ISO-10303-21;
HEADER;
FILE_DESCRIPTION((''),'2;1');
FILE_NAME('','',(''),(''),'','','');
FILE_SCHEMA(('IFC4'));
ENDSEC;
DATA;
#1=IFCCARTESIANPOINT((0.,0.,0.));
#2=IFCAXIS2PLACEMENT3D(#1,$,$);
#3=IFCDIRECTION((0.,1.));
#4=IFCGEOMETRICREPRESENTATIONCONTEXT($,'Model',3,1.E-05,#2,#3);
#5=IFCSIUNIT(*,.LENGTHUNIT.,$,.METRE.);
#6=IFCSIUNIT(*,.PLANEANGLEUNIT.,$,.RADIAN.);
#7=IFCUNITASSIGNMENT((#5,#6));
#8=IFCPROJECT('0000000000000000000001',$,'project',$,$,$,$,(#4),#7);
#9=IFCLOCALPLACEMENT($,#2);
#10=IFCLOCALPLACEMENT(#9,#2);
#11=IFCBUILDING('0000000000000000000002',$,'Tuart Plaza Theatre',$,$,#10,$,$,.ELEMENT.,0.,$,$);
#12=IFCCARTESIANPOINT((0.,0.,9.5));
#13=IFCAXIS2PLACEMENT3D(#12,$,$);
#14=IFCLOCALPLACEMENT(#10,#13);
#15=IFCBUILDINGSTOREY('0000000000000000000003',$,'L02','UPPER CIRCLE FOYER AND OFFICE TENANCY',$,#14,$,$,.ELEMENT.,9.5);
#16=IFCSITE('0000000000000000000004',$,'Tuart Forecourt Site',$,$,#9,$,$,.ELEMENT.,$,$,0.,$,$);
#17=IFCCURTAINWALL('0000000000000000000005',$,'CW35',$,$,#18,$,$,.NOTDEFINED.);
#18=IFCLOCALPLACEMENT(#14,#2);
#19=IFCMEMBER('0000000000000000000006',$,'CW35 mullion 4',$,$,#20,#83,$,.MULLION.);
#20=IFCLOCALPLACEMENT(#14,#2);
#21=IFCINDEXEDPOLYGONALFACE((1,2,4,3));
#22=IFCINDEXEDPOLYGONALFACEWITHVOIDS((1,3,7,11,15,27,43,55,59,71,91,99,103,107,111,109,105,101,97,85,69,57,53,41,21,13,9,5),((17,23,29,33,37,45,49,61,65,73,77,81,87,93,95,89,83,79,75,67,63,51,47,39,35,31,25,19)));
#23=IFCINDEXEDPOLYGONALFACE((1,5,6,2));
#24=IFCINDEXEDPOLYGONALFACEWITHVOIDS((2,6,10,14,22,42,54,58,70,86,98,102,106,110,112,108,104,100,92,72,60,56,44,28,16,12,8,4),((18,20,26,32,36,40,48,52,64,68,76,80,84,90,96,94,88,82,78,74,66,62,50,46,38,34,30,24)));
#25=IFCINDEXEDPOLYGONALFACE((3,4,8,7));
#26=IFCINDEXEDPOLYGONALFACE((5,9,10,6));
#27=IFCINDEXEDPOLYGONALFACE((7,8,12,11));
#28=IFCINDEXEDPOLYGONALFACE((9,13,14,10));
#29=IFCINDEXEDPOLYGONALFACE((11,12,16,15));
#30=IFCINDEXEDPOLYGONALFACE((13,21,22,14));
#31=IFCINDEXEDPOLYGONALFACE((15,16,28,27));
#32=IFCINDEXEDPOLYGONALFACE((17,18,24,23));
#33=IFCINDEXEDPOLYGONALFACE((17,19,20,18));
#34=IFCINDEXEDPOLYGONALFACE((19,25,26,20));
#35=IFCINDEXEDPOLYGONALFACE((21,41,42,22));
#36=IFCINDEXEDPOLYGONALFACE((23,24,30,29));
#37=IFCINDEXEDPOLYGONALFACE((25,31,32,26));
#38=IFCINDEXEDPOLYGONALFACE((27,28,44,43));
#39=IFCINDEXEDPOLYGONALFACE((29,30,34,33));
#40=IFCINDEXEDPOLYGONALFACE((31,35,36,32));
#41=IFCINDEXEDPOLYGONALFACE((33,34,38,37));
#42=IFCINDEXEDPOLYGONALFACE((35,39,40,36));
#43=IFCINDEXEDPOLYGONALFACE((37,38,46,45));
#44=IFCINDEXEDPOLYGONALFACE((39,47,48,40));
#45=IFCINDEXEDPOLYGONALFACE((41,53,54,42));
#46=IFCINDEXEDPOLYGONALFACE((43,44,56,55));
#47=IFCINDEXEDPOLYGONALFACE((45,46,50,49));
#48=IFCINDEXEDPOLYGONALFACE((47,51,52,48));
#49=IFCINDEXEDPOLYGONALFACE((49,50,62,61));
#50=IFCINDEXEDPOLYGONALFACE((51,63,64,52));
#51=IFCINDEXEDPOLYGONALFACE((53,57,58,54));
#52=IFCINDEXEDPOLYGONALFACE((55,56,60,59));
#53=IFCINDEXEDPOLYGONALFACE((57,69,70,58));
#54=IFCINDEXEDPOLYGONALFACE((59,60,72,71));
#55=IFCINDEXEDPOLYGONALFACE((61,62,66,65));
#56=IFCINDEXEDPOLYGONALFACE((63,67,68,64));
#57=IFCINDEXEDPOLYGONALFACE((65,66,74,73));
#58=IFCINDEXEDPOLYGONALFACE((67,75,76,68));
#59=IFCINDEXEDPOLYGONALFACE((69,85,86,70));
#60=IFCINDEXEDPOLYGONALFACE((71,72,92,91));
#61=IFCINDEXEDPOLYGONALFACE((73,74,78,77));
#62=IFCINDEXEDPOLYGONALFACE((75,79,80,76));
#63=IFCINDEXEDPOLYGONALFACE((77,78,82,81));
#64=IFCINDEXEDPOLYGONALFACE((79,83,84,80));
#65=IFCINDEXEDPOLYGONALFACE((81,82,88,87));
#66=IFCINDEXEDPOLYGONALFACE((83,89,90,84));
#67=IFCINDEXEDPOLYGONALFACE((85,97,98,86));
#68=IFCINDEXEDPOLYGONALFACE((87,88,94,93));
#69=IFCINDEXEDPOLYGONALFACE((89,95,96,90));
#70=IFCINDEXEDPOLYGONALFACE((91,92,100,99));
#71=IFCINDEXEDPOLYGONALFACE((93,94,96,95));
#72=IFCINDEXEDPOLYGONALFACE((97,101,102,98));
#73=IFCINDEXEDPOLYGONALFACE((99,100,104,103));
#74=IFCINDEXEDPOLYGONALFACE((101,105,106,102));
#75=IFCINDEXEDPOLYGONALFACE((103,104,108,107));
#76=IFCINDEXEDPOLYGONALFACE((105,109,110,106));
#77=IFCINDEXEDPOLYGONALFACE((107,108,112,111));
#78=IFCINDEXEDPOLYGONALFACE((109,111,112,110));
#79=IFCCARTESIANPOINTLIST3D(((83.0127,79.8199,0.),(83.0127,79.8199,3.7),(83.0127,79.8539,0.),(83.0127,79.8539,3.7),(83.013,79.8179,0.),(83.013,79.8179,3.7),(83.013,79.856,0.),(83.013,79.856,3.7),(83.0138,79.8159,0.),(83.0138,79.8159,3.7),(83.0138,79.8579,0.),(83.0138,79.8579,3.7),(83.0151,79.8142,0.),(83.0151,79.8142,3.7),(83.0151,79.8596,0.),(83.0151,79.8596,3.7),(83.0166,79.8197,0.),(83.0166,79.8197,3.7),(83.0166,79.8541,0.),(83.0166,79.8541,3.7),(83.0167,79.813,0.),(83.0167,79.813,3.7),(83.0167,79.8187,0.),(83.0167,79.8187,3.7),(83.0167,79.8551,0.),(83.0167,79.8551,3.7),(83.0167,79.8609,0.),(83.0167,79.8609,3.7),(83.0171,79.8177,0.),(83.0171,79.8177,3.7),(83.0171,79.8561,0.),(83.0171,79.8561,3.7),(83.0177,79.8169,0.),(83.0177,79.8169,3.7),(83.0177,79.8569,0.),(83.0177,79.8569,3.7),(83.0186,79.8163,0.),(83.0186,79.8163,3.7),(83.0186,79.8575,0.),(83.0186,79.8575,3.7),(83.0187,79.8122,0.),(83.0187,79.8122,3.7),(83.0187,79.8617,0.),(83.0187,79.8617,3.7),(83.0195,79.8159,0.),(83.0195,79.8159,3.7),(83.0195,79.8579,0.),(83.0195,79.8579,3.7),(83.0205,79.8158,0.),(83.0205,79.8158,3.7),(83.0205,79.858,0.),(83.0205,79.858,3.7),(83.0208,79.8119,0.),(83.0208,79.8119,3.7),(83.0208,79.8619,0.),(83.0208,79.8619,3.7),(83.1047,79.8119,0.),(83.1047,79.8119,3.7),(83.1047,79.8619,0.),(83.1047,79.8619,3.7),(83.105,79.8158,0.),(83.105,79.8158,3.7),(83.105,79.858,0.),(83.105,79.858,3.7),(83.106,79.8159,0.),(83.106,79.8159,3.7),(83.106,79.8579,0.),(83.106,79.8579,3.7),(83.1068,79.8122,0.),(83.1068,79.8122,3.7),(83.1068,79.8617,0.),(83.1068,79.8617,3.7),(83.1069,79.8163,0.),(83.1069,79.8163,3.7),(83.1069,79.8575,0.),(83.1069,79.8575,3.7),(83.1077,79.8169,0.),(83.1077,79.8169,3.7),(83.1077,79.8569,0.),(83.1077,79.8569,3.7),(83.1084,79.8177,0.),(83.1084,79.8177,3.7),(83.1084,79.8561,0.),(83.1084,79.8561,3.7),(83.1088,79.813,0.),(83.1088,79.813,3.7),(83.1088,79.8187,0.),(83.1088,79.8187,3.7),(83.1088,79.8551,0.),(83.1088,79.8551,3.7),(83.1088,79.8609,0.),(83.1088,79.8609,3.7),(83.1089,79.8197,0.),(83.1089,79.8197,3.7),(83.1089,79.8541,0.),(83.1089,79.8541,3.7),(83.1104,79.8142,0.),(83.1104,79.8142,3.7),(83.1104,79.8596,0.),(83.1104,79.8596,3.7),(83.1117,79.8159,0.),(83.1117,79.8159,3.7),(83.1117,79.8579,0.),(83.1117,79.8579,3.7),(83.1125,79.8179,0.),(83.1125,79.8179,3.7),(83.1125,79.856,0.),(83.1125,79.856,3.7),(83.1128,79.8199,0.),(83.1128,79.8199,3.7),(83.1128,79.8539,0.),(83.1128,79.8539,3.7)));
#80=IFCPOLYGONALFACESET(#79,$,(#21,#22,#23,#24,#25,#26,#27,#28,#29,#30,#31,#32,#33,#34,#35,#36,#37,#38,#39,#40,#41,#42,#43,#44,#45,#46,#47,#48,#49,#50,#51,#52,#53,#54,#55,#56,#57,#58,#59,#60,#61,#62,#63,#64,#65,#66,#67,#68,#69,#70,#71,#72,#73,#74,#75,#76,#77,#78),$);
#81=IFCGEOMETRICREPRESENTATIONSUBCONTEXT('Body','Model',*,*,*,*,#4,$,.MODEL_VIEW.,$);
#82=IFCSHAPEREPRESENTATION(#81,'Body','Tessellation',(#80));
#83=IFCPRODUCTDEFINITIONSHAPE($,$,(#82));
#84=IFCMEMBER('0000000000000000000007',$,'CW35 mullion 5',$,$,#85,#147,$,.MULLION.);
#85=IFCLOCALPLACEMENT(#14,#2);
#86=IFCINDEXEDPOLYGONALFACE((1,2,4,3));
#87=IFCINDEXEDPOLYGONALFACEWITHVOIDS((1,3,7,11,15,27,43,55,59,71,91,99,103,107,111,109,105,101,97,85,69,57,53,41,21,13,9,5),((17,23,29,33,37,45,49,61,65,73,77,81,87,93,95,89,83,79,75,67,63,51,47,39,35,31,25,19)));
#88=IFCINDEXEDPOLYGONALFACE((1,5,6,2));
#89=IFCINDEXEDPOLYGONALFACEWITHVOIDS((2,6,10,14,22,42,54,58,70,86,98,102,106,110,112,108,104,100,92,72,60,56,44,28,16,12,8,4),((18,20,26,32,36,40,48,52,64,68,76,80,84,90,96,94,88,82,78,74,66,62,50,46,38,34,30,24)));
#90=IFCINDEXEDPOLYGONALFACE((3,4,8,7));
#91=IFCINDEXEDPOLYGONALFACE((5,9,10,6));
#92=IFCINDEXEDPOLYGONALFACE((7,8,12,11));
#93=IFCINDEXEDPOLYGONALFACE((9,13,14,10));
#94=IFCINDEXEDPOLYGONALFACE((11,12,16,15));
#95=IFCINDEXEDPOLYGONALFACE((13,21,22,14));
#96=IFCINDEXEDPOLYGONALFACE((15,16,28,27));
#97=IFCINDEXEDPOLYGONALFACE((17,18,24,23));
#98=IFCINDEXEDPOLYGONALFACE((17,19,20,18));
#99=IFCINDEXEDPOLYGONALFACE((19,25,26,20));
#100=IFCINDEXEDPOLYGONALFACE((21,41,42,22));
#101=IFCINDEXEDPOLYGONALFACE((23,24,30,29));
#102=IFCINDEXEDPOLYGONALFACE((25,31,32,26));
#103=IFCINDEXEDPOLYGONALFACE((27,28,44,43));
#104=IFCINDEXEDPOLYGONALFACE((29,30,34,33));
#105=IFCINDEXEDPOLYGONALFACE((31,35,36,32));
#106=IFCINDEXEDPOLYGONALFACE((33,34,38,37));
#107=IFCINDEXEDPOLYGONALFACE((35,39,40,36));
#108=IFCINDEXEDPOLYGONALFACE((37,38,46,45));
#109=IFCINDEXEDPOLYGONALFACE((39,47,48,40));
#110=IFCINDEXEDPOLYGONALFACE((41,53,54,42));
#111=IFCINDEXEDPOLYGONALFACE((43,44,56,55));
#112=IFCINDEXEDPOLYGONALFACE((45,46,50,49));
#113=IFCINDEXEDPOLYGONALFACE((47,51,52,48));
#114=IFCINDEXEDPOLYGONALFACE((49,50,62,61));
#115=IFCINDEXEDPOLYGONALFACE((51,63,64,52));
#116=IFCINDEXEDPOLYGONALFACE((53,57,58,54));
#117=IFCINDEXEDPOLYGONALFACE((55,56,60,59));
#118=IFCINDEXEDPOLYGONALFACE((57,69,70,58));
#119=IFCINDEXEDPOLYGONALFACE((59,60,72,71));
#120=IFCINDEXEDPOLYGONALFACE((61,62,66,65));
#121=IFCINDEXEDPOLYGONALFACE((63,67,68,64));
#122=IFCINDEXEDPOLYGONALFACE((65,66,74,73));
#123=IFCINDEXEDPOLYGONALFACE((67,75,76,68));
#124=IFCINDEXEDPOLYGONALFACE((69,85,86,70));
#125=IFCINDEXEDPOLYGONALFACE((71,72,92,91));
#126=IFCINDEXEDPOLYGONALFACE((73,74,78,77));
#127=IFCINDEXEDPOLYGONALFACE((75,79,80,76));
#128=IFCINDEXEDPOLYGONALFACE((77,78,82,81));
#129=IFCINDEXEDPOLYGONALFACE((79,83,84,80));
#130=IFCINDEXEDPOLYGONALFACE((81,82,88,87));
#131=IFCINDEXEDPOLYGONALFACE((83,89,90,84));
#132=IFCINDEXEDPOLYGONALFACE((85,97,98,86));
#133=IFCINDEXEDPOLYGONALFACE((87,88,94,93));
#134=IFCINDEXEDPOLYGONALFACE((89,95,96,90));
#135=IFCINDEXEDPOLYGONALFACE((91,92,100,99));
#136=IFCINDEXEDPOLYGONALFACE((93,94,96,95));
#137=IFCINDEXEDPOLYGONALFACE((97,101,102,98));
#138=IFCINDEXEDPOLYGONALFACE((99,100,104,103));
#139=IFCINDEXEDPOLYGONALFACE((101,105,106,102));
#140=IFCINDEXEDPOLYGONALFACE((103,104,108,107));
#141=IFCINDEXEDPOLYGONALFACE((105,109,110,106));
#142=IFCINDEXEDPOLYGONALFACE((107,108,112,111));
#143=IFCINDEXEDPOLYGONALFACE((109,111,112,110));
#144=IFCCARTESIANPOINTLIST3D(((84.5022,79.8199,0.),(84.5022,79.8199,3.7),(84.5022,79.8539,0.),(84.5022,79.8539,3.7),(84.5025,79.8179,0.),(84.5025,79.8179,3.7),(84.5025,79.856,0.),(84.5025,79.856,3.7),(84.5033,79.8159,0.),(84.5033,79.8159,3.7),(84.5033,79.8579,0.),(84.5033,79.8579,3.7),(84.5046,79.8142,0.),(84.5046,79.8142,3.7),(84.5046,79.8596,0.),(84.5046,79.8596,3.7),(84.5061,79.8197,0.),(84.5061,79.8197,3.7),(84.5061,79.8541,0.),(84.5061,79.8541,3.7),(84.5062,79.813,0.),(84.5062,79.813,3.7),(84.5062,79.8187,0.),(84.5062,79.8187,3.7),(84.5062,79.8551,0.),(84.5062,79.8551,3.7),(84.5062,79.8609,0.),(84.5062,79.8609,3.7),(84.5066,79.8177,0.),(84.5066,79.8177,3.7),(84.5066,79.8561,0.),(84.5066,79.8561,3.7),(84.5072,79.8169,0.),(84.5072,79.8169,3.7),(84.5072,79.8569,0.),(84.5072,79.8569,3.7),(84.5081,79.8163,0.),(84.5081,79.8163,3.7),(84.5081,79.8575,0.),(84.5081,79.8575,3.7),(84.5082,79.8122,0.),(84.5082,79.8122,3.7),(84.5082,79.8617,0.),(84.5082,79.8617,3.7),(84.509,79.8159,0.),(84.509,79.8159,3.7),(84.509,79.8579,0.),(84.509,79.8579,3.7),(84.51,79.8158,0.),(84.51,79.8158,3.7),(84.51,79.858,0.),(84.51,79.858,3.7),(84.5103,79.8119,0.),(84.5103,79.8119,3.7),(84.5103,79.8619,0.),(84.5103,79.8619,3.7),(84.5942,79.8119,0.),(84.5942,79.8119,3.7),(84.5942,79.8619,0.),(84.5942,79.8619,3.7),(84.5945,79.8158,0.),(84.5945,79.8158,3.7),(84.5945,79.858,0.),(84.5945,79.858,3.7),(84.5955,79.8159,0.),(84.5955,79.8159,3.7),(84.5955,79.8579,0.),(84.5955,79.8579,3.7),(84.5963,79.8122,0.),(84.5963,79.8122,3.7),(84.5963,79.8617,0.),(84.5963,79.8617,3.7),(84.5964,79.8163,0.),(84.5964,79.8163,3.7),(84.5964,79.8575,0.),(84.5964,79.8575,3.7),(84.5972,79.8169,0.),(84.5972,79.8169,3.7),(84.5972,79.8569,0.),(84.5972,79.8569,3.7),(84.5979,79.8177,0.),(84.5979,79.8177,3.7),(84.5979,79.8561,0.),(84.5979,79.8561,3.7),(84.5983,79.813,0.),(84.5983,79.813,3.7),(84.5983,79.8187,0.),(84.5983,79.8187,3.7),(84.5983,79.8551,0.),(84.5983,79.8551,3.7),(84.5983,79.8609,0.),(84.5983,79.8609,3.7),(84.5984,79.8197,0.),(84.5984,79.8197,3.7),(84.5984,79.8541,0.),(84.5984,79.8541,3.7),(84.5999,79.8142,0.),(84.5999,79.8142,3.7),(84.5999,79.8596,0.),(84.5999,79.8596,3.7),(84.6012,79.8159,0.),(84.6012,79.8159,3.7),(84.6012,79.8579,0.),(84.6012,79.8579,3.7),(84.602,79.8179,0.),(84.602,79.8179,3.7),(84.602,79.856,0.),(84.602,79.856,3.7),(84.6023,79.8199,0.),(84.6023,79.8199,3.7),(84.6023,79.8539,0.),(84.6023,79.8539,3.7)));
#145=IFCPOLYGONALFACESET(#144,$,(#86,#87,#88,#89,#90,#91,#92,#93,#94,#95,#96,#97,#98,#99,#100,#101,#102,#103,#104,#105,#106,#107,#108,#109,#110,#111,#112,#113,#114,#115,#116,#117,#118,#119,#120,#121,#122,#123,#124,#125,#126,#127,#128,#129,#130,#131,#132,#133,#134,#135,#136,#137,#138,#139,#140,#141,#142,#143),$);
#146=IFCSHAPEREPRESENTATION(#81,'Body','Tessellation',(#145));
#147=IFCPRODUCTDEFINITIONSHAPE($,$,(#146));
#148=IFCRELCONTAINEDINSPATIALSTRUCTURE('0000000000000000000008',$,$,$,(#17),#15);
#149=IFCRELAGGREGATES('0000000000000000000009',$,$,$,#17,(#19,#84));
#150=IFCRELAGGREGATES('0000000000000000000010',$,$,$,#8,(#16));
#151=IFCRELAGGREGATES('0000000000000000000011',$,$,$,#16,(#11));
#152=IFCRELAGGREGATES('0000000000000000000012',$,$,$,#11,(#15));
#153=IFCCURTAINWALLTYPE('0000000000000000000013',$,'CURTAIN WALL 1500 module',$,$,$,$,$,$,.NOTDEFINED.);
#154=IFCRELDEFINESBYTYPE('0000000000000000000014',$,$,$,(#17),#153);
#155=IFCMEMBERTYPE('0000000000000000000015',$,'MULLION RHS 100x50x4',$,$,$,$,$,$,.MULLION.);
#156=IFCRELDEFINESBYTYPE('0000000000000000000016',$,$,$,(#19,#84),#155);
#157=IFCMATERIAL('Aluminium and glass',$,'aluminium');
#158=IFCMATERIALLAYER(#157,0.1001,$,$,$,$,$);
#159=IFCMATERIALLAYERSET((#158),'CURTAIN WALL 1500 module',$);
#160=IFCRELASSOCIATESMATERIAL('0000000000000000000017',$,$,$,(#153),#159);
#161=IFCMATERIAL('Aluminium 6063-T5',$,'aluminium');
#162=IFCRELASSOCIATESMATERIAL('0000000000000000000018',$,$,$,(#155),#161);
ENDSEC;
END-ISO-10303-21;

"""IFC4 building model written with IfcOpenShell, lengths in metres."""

from ifc_helpers import new_model, si_unit, direction, frame, origin, origin_2d, place, context, subcontext, project, spatial, hollow_rectangle, extrude, material, layer, layer_set, material_profile, profile_set, type_object, element, aggregate, save


model = new_model("IFC4")

# Units and contexts
model_context = context("Model", 3, precision=1e-05, world=origin(), true_north=direction((0.0, 1.0)))
body_context = subcontext(model_context, "Body", "Model", "MODEL_VIEW")
ifc_project = project(units=[si_unit("LENGTHUNIT", "METRE"), si_unit("PLANEANGLEUNIT", "RADIAN")], contexts=[model_context])

# Site, building, storey
site_placement = place(None, origin())
site = spatial("IfcSite", under=ifc_project, at=site_placement, Name="Tuart Forecourt Site", CompositionType="ELEMENT", RefElevation=0.0)
building_placement = place(site_placement, origin())
building = spatial("IfcBuilding", under=site, at=building_placement, Name="Tuart Plaza Theatre", CompositionType="ELEMENT", ElevationOfRefHeight=0.0)
storey_placement = place(building_placement, frame((0.0, 0.0, 9.5)))
storey = spatial("IfcBuildingStorey", under=building, at=storey_placement, Name="L02", Description="UPPER CIRCLE FOYER AND OFFICE TENANCY", CompositionType="ELEMENT", Elevation=9.5)

# Curtain wall, members
ifc_material_1 = material(Name="Aluminium and glass", Category="aluminium")
ifc_layer_1 = layer(ifc_material_1, 0.1001)
ifc_layer_set_1 = layer_set([ifc_layer_1], Name="CURTAIN WALL 1500 module")
curtain_wall_type = type_object("IfcCurtainWallType", Name="CURTAIN WALL 1500 module", PredefinedType="NOTDEFINED", material=ifc_layer_set_1)
curtain_wall_placement = place(storey_placement, origin())
curtain_wall = element("IfcCurtainWall", 1, at=curtain_wall_placement, inside=storey, type_object=curtain_wall_type, Name="CW35", PredefinedType="NOTDEFINED")
ifc_material_2 = material(Name="Aluminium 6063-T5", Category="aluminium")
ifc_material_profile_1 = material_profile(ifc_material_2, hollow_rectangle(XDim=0.05, YDim=0.1001, WallThickness=0.0039, InnerFilletRadius=0.0039, OuterFilletRadius=0.0081, at=origin_2d()), Name="RHS 100x50x4")
ifc_profile_set_1 = profile_set([ifc_material_profile_1], Name="Aluminium 6063-T5")
member_type_1 = type_object("IfcMemberType", Name="MULLION RHS 100x50x4", PredefinedType="MULLION", material=ifc_profile_set_1)
member_1_placement = place(storey_placement, frame((83.0627, 79.8369, 0.0), z_axis=(0.0, 0.0, 1.0), x_axis=(0.0, 1.0, 0.0)))
member_1 = element("IfcMember", 2, at=member_1_placement, type_object=member_type_1, Name="CW35 mullion 4", PredefinedType="MULLION", context=body_context, shape_type="SweptSolid", body=[
    extrude(hollow_rectangle(XDim=0.05, YDim=0.1001, WallThickness=0.0039, InnerFilletRadius=0.0039, OuterFilletRadius=0.0081, at=origin_2d()), origin(), (0.0, 0.0, 1.0), 3.7),
])
member_2_placement = place(storey_placement, frame((84.5522, 79.8369, 0.0), z_axis=(0.0, 0.0, 1.0), x_axis=(0.0, 1.0, 0.0)))
member_2 = element("IfcMember", 3, at=member_2_placement, type_object=member_type_1, Name="CW35 mullion 5", PredefinedType="MULLION", context=body_context, shape_type="SweptSolid", body=[
    extrude(hollow_rectangle(XDim=0.05, YDim=0.1001, WallThickness=0.0039, InnerFilletRadius=0.0039, OuterFilletRadius=0.0081, at=origin_2d()), origin(), (0.0, 0.0, 1.0), 3.7),
])
aggregate(curtain_wall, [member_1, member_2])

save(model, "model.ifc")
